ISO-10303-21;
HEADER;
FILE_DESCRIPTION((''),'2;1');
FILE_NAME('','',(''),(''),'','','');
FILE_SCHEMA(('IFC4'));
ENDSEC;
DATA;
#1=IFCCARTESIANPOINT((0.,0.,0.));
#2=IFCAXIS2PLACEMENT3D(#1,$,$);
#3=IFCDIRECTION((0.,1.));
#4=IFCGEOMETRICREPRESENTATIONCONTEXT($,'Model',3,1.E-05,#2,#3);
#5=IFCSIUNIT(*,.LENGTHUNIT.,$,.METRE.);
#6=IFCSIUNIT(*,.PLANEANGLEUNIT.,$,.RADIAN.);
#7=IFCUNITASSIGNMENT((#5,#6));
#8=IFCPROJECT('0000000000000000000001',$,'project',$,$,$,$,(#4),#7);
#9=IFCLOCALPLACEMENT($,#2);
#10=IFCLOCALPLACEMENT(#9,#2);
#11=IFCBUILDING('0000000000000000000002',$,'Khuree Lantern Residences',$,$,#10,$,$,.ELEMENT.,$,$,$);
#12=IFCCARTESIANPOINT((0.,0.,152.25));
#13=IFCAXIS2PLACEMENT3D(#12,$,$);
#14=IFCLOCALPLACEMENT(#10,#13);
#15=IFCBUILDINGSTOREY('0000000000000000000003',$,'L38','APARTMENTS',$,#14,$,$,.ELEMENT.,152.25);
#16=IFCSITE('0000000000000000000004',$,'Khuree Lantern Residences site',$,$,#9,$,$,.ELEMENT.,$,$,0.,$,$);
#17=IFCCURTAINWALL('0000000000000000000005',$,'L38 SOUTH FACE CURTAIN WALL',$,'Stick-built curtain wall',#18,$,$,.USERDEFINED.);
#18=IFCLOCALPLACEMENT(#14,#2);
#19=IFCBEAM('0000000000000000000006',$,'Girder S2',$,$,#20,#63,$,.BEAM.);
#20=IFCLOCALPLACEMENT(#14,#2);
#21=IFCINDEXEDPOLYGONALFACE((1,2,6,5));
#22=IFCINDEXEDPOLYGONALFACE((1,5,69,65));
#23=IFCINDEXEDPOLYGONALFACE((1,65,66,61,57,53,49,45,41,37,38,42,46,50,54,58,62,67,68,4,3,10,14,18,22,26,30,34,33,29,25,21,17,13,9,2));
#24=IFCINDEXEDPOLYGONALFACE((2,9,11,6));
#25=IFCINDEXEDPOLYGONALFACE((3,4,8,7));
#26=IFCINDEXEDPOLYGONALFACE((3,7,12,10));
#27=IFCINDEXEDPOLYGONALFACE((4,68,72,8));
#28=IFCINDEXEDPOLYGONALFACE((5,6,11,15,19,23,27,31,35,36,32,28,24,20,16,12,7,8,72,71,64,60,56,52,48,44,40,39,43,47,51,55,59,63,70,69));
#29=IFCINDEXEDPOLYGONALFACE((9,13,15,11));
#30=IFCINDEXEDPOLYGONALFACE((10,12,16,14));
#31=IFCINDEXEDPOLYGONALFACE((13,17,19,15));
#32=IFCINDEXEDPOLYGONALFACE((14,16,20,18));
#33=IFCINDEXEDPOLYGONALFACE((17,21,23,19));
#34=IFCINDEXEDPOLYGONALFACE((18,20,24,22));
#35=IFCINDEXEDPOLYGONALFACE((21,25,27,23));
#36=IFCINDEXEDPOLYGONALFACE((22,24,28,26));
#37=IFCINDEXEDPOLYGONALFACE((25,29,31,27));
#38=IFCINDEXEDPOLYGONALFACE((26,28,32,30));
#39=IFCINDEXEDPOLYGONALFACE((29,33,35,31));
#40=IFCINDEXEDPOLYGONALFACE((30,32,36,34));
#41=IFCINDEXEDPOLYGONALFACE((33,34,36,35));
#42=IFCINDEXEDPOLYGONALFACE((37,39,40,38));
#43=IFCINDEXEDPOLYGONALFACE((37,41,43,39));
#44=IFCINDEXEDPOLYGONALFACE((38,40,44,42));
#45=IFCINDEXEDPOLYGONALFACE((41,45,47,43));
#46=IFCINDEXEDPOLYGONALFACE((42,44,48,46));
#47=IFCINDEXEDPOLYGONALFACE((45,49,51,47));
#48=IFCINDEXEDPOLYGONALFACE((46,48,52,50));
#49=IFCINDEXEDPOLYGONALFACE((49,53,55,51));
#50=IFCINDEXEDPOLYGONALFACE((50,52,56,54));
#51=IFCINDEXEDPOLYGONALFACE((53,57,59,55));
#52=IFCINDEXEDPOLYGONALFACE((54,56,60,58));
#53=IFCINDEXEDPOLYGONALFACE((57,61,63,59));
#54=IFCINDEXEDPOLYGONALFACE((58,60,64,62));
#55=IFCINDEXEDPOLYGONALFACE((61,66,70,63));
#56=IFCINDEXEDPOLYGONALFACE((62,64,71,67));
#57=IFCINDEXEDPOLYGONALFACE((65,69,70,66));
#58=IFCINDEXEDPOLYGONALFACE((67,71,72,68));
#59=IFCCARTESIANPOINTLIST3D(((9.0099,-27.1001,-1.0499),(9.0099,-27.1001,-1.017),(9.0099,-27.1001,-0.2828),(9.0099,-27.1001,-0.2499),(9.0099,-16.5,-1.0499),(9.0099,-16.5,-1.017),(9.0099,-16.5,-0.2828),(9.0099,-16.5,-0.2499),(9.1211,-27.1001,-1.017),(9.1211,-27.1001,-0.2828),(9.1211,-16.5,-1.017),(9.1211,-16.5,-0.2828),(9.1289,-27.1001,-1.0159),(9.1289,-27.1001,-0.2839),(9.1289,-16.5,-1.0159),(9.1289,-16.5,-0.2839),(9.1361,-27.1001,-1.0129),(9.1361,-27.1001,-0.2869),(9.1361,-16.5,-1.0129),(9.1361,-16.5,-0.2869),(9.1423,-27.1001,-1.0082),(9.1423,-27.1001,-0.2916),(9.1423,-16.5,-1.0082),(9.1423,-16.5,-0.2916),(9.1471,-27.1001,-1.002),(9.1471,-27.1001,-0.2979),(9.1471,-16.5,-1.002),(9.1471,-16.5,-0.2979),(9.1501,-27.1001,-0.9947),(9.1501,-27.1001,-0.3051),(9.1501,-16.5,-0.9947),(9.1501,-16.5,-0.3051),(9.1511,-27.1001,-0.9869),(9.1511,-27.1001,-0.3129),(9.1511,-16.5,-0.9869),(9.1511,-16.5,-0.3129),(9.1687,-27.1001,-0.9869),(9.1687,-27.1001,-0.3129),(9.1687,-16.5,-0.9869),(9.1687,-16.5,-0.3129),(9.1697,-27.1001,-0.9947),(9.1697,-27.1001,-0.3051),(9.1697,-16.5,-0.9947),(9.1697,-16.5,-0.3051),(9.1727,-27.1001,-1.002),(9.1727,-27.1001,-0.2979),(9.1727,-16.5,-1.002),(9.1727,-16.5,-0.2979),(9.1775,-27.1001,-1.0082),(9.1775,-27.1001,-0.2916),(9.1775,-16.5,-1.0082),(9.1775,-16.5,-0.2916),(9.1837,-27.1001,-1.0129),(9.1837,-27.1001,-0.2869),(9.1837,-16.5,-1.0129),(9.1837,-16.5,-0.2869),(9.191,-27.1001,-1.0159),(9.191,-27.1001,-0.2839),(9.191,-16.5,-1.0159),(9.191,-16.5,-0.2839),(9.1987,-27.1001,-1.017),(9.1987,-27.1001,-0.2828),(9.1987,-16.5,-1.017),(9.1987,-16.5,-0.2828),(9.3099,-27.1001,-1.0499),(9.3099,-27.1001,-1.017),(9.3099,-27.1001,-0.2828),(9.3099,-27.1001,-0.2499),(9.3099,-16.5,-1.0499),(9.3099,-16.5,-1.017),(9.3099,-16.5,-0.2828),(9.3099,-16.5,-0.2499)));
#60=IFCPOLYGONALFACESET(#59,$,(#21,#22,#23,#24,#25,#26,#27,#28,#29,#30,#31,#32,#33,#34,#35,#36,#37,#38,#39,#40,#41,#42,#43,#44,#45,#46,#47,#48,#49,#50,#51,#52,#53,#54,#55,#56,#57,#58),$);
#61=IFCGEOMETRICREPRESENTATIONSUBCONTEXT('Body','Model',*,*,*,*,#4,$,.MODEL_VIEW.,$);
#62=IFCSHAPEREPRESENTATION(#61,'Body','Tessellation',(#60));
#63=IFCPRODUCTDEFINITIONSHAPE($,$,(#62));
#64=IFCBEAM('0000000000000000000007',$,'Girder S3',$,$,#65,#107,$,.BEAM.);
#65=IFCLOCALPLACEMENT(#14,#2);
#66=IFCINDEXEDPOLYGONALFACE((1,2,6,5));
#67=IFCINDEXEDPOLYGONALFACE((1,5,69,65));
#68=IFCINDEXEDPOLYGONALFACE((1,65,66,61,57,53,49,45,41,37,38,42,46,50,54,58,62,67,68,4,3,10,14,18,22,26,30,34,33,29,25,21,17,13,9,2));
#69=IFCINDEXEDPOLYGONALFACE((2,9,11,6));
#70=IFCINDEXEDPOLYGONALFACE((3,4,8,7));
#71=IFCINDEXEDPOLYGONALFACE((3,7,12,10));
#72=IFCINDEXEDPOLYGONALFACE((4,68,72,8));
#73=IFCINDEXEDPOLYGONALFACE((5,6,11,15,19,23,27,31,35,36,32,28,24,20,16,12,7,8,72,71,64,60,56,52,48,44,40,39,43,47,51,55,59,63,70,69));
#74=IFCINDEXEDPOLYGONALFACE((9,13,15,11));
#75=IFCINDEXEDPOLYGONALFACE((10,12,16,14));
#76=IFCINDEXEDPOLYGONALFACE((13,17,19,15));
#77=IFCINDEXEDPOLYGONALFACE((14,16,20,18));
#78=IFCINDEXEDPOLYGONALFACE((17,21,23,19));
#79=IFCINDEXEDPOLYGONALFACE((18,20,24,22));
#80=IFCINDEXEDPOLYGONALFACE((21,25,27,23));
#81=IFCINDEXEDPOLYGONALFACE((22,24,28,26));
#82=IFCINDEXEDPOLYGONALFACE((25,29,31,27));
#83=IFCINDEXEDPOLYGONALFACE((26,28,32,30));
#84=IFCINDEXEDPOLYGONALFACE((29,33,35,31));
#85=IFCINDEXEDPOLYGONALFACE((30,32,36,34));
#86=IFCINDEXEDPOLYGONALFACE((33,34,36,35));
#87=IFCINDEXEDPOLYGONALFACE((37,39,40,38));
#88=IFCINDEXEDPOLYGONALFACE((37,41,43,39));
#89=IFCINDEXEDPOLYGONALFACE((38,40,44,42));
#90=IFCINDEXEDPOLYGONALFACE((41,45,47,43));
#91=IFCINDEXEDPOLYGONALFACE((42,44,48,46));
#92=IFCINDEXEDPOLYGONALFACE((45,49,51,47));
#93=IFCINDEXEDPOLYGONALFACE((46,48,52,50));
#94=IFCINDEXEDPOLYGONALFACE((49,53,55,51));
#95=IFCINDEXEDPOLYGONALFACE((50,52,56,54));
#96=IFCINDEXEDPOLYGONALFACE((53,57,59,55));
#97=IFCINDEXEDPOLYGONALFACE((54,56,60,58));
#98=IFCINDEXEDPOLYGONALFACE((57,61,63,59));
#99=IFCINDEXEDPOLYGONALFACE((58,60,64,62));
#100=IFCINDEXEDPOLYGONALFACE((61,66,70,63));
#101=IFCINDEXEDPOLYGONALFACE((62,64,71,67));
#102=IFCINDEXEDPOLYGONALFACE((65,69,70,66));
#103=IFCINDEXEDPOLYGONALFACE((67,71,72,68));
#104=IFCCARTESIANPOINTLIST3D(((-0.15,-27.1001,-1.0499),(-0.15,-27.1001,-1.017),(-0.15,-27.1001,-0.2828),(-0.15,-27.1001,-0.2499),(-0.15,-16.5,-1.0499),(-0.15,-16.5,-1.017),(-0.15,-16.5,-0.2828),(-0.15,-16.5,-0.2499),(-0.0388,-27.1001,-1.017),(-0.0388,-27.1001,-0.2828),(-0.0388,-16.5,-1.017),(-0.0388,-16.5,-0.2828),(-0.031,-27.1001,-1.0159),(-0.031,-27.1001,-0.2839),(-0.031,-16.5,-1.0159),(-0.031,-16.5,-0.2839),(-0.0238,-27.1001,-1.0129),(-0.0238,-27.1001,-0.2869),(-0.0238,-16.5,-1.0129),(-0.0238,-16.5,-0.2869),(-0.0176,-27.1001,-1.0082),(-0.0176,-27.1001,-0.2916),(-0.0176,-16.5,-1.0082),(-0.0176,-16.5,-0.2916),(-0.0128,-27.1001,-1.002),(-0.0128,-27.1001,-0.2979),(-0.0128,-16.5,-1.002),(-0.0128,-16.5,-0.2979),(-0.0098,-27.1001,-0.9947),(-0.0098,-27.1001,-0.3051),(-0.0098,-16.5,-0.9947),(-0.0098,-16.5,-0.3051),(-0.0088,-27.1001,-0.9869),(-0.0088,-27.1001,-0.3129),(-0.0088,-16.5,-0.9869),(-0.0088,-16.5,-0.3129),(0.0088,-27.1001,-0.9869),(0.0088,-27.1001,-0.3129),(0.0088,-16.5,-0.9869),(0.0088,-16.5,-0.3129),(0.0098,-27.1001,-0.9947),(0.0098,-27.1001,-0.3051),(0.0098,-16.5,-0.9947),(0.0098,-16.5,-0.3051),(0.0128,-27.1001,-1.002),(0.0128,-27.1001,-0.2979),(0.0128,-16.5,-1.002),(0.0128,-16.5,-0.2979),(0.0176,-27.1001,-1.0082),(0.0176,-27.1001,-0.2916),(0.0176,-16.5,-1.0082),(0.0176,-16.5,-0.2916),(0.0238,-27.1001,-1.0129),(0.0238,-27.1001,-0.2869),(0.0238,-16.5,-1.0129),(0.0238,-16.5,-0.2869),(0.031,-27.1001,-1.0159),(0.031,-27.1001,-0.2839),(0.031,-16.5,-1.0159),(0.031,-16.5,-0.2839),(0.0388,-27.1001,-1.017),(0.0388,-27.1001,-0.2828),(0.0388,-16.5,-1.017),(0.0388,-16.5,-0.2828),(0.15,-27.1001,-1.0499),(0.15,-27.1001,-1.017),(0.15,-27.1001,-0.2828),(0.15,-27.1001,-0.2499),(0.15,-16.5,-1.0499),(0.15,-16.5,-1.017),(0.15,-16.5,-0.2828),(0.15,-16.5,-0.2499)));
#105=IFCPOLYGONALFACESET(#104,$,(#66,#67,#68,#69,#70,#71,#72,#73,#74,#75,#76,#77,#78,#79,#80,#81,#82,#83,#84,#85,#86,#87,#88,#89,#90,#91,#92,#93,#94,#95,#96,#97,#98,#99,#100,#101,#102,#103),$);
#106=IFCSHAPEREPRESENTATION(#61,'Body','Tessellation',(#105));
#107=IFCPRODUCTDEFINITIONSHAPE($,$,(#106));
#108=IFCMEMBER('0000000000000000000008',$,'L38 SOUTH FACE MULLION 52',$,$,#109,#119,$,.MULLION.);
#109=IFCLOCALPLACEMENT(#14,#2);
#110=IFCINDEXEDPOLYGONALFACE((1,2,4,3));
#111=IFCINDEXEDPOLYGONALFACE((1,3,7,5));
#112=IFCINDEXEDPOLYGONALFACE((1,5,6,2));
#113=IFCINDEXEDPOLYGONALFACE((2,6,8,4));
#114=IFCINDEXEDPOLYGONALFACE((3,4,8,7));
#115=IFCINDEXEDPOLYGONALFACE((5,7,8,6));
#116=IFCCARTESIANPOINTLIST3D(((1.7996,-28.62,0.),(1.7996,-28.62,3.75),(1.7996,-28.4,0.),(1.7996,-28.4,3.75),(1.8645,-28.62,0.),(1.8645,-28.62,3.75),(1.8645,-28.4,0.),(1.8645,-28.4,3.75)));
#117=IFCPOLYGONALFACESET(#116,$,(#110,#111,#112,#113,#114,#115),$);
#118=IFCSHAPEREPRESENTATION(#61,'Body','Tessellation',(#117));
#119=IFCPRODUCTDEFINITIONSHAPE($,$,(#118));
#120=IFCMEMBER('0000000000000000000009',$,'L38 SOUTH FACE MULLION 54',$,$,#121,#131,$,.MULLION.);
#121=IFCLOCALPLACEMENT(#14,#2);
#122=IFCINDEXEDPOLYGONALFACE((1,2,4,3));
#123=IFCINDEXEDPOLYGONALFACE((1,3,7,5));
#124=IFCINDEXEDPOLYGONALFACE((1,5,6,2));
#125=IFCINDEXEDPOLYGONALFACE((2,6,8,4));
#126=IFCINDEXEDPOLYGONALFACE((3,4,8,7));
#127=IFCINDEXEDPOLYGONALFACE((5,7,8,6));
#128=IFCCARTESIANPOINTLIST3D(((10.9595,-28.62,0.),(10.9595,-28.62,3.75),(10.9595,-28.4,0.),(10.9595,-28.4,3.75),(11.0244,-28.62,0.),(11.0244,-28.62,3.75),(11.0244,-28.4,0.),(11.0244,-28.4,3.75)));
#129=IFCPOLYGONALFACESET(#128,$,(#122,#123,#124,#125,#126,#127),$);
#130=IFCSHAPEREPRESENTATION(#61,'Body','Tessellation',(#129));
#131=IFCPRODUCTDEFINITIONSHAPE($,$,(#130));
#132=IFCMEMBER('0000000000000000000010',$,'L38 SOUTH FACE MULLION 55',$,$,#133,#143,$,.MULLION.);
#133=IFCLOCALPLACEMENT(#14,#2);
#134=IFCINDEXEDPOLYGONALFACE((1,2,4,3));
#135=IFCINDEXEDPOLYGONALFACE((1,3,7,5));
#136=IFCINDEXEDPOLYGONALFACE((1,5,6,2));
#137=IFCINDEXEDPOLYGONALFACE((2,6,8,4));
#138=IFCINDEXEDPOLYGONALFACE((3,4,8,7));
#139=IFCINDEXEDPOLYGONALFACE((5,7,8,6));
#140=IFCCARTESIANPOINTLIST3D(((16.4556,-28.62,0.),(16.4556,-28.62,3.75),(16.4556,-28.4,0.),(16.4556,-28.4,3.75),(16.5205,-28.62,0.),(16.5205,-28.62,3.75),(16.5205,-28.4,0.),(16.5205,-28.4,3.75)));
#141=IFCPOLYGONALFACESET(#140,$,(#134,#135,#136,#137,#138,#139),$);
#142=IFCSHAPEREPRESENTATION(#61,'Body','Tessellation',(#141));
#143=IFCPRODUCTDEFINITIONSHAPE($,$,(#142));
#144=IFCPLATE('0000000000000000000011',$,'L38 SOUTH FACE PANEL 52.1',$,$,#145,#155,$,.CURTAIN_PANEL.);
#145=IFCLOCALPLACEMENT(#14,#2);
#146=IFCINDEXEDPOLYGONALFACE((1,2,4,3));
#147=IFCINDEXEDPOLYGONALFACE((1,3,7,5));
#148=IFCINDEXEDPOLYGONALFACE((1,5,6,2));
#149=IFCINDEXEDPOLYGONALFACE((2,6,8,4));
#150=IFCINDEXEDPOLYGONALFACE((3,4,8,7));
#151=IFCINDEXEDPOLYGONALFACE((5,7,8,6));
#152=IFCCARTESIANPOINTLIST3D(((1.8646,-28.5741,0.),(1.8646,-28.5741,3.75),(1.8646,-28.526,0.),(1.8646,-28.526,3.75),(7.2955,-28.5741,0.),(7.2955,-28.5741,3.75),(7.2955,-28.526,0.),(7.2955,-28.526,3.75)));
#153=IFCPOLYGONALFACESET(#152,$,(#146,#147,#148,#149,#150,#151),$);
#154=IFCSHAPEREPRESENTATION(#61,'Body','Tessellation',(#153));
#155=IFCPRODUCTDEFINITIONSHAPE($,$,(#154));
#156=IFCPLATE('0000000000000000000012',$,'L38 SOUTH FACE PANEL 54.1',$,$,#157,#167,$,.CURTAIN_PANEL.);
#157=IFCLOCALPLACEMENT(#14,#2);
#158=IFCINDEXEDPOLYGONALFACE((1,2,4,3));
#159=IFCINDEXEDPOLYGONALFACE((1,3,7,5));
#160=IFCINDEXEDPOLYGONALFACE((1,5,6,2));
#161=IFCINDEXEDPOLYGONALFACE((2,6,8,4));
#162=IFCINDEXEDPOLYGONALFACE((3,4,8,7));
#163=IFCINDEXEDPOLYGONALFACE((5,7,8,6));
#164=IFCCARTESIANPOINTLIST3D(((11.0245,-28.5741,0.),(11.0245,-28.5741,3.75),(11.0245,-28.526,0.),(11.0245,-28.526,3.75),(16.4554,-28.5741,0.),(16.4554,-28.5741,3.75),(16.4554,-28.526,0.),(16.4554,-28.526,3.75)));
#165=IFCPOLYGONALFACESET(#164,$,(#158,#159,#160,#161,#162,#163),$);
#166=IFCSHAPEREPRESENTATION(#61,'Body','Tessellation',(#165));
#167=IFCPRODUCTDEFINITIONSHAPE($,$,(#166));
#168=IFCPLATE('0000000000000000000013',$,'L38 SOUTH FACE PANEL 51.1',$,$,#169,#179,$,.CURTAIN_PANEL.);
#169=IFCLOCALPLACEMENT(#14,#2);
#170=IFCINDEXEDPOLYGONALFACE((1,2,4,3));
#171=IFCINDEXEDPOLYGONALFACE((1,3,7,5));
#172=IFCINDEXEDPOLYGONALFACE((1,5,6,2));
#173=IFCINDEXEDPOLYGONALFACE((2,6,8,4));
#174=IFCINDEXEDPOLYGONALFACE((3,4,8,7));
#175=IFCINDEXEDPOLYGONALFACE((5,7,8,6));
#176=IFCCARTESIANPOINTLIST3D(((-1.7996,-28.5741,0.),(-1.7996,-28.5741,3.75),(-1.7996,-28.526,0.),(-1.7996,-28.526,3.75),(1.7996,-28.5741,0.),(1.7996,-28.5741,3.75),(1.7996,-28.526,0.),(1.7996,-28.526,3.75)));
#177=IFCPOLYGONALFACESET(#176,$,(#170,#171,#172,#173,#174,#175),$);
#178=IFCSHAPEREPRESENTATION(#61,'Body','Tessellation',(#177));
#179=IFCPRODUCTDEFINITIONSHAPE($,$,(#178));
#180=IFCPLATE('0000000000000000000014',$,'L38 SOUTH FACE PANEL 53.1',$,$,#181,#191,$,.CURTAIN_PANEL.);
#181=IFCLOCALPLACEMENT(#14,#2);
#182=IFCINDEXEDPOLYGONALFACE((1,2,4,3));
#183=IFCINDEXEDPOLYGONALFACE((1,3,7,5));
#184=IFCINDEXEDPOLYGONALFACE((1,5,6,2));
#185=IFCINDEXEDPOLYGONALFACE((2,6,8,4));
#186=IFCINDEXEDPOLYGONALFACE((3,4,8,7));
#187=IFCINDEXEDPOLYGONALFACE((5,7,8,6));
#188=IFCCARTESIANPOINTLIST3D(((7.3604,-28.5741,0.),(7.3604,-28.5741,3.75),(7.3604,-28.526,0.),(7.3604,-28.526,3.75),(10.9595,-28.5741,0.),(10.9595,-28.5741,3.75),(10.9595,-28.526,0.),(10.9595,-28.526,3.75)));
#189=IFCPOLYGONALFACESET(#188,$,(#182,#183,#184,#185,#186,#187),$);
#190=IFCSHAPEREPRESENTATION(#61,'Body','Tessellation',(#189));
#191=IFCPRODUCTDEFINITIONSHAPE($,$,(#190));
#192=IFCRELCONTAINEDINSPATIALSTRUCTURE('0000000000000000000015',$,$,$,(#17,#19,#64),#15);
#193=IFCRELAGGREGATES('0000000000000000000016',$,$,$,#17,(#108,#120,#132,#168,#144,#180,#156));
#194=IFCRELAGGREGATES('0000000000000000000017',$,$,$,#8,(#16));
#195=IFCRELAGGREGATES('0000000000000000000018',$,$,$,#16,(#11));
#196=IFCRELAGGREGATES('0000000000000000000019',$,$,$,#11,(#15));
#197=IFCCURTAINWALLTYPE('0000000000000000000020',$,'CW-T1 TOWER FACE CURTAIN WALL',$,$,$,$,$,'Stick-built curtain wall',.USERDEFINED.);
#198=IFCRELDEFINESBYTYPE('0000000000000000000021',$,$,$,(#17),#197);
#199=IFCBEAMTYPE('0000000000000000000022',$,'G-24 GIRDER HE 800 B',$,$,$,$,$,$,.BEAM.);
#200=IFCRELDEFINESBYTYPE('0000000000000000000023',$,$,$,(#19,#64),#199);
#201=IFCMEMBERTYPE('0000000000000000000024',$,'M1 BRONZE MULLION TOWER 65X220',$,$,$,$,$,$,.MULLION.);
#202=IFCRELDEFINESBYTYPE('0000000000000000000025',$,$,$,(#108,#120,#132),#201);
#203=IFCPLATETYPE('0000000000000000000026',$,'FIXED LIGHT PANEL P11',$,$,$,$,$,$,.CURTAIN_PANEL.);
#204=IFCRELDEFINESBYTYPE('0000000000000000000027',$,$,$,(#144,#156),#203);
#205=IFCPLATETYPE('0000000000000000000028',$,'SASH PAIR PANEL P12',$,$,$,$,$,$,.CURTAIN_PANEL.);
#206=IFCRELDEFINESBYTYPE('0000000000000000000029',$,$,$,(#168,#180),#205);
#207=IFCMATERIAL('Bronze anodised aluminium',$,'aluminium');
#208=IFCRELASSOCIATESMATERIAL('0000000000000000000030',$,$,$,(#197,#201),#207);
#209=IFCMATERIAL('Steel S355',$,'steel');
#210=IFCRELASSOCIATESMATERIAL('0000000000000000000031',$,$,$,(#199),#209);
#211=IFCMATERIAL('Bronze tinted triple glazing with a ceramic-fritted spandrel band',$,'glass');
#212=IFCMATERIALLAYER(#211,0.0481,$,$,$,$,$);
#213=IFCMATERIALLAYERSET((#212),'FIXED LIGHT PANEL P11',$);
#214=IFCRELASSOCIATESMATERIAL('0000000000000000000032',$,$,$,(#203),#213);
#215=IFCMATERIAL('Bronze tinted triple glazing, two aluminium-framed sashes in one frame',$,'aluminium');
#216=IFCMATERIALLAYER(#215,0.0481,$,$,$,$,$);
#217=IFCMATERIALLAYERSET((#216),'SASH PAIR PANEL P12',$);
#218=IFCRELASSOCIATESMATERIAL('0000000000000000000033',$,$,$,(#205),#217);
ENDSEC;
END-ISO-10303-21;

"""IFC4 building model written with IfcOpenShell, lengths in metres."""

from ifc_helpers import new_model, si_unit, direction, frame, origin, origin_2d, place, context, subcontext, project, spatial, rectangle, i_section, extrude, material, layer, layer_set, material_profile, profile_set, type_object, element, aggregate, save


model = new_model("IFC4")

# Units and contexts
model_context = context("Model", 3, precision=1e-05, world=origin(), true_north=direction((0.0, 1.0)))
body_context = subcontext(model_context, "Body", "Model", "MODEL_VIEW")
ifc_project = project(units=[si_unit("LENGTHUNIT", "METRE"), si_unit("PLANEANGLEUNIT", "RADIAN")], contexts=[model_context])

# Site, building, storey
site_placement = place(None, origin())
site = spatial("IfcSite", under=ifc_project, at=site_placement, Name="Khuree Lantern Residences site", CompositionType="ELEMENT", RefElevation=0.0)
building_placement = place(site_placement, origin())
building = spatial("IfcBuilding", under=site, at=building_placement, Name="Khuree Lantern Residences", CompositionType="ELEMENT")
storey_placement = place(building_placement, frame((0.0, 0.0, 152.25)))
storey = spatial("IfcBuildingStorey", under=building, at=storey_placement, Name="L38", Description="APARTMENTS", CompositionType="ELEMENT", Elevation=152.25)

# Shared definitions
ifc_material_1 = material(Name="Steel S355", Category="steel")

# Curtain wall
ifc_material_2 = material(Name="Bronze anodised aluminium", Category="aluminium")
curtain_wall_type = type_object("IfcCurtainWallType", Name="CW-T1 TOWER FACE CURTAIN WALL", ElementType="Stick-built curtain wall", PredefinedType="USERDEFINED", material=ifc_material_2)
curtain_wall_placement = place(storey_placement, origin())
curtain_wall = element("IfcCurtainWall", 1, at=curtain_wall_placement, inside=storey, type_object=curtain_wall_type, Name="L38 SOUTH FACE CURTAIN WALL", ObjectType="Stick-built curtain wall", PredefinedType="USERDEFINED")

# Beams
ifc_material_profile_1 = material_profile(ifc_material_1, i_section(OverallWidth=0.3, OverallDepth=0.8, WebThickness=0.0176, FlangeThickness=0.033, FilletRadius=0.03, at=origin_2d()), Name="HE 800 B")
ifc_profile_set_1 = profile_set([ifc_material_profile_1], Name="Steel S355")
beam_type_1 = type_object("IfcBeamType", Name="G-24 GIRDER HE 800 B", PredefinedType="BEAM", material=ifc_profile_set_1)
for number, where, z_axis, x_axis, name in (
    (2, (9.1599, -27.1001, -0.6499), (0.0, 1.0, 0.0), (-1.0, 0.0, 0.0), "Girder S2"),
    (3, (0.0, -27.1001, -0.6499), (0.0, 1.0, 0.0), (-1.0, 0.0, 0.0), "Girder S3"),
):
    element("IfcBeam", number, at=place(storey_placement, frame(where, z_axis=z_axis, x_axis=x_axis)), inside=storey, type_object=beam_type_1, Name=name, PredefinedType="BEAM", context=body_context, shape_type="SweptSolid", body=[
        extrude(i_section(OverallWidth=0.3, OverallDepth=0.8, WebThickness=0.0176, FlangeThickness=0.033, FilletRadius=0.03, at=origin_2d()), origin(), (0.0, 0.0, 1.0), 10.6001),
    ])

# Members
ifc_material_profile_2 = material_profile(ifc_material_2, rectangle(XDim=0.0649, YDim=0.22, at=origin_2d()), Name="M1 65X220")
ifc_profile_set_2 = profile_set([ifc_material_profile_2], Name="Bronze anodised aluminium")
member_type_1 = type_object("IfcMemberType", Name="M1 BRONZE MULLION TOWER 65X220", PredefinedType="MULLION", material=ifc_profile_set_2)
member_1_placement = place(storey_placement, frame((1.832, -28.51, 0.0), z_axis=(0.0, 0.0, 1.0), x_axis=(1.0, 0.0, 0.0)))
member_1 = element("IfcMember", 4, at=member_1_placement, type_object=member_type_1, Name="L38 SOUTH FACE MULLION 52", PredefinedType="MULLION", context=body_context, shape_type="SweptSolid", body=[
    extrude(rectangle(XDim=0.0649, YDim=0.22, at=origin_2d()), origin(), (0.0, 0.0, 1.0), 3.75),
])
member_2_placement = place(storey_placement, frame((10.9919, -28.51, 0.0), z_axis=(0.0, 0.0, 1.0), x_axis=(1.0, 0.0, 0.0)))
member_2 = element("IfcMember", 5, at=member_2_placement, type_object=member_type_1, Name="L38 SOUTH FACE MULLION 54", PredefinedType="MULLION", context=body_context, shape_type="SweptSolid", body=[
    extrude(rectangle(XDim=0.0649, YDim=0.22, at=origin_2d()), origin(), (0.0, 0.0, 1.0), 3.75),
])
member_3_placement = place(storey_placement, frame((16.488, -28.51, 0.0), z_axis=(0.0, 0.0, 1.0), x_axis=(1.0, 0.0, 0.0)))
member_3 = element("IfcMember", 6, at=member_3_placement, type_object=member_type_1, Name="L38 SOUTH FACE MULLION 55", PredefinedType="MULLION", context=body_context, shape_type="SweptSolid", body=[
    extrude(rectangle(XDim=0.0649, YDim=0.22, at=origin_2d()), origin(), (0.0, 0.0, 1.0), 3.75),
])

# Plates
ifc_material_3 = material(Name="Bronze tinted triple glazing with a ceramic-fritted spandrel band", Category="glass")
ifc_layer_1 = layer(ifc_material_3, 0.0481)
ifc_layer_set_1 = layer_set([ifc_layer_1], Name="FIXED LIGHT PANEL P11")
plate_type_1 = type_object("IfcPlateType", Name="FIXED LIGHT PANEL P11", PredefinedType="CURTAIN_PANEL", material=ifc_layer_set_1)
plate_1_placement = place(storey_placement, frame((4.5801, -28.55, 0.0), z_axis=(0.0, 0.0, 1.0), x_axis=(1.0, 0.0, 0.0)))
plate_1 = element("IfcPlate", 7, at=plate_1_placement, type_object=plate_type_1, Name="L38 SOUTH FACE PANEL 52.1", PredefinedType="CURTAIN_PANEL", context=body_context, shape_type="SweptSolid", body=[
    extrude(rectangle(XDim=5.4309, YDim=0.0481, at=origin_2d()), origin(), (0.0, 0.0, 1.0), 3.75),
])
plate_2_placement = place(storey_placement, frame((13.74, -28.55, 0.0), z_axis=(0.0, 0.0, 1.0), x_axis=(1.0, 0.0, 0.0)))
plate_2 = element("IfcPlate", 8, at=plate_2_placement, type_object=plate_type_1, Name="L38 SOUTH FACE PANEL 54.1", PredefinedType="CURTAIN_PANEL", context=body_context, shape_type="SweptSolid", body=[
    extrude(rectangle(XDim=5.4309, YDim=0.0481, at=origin_2d()), origin(), (0.0, 0.0, 1.0), 3.75),
])
ifc_material_4 = material(Name="Bronze tinted triple glazing, two aluminium-framed sashes in one frame", Category="aluminium")
ifc_layer_2 = layer(ifc_material_4, 0.0481)
ifc_layer_set_2 = layer_set([ifc_layer_2], Name="SASH PAIR PANEL P12")
plate_type_2 = type_object("IfcPlateType", Name="SASH PAIR PANEL P12", PredefinedType="CURTAIN_PANEL", material=ifc_layer_set_2)
plate_3_placement = place(storey_placement, frame((0.0, -28.55, 0.0), z_axis=(0.0, 0.0, 1.0), x_axis=(1.0, 0.0, 0.0)))
plate_3 = element("IfcPlate", 9, at=plate_3_placement, type_object=plate_type_2, Name="L38 SOUTH FACE PANEL 51.1", PredefinedType="CURTAIN_PANEL", context=body_context, shape_type="SweptSolid", body=[
    extrude(rectangle(XDim=3.5991, YDim=0.0481, at=origin_2d()), origin(), (0.0, 0.0, 1.0), 3.75),
])
plate_4_placement = place(storey_placement, frame((9.1599, -28.55, 0.0), z_axis=(0.0, 0.0, 1.0), x_axis=(1.0, 0.0, 0.0)))
plate_4 = element("IfcPlate", 10, at=plate_4_placement, type_object=plate_type_2, Name="L38 SOUTH FACE PANEL 53.1", PredefinedType="CURTAIN_PANEL", context=body_context, shape_type="SweptSolid", body=[
    extrude(rectangle(XDim=3.5991, YDim=0.0481, at=origin_2d()), origin(), (0.0, 0.0, 1.0), 3.75),
])
aggregate(curtain_wall, [member_1, member_2, member_3, plate_3, plate_1, plate_4, plate_2])

save(model, "model.ifc")
